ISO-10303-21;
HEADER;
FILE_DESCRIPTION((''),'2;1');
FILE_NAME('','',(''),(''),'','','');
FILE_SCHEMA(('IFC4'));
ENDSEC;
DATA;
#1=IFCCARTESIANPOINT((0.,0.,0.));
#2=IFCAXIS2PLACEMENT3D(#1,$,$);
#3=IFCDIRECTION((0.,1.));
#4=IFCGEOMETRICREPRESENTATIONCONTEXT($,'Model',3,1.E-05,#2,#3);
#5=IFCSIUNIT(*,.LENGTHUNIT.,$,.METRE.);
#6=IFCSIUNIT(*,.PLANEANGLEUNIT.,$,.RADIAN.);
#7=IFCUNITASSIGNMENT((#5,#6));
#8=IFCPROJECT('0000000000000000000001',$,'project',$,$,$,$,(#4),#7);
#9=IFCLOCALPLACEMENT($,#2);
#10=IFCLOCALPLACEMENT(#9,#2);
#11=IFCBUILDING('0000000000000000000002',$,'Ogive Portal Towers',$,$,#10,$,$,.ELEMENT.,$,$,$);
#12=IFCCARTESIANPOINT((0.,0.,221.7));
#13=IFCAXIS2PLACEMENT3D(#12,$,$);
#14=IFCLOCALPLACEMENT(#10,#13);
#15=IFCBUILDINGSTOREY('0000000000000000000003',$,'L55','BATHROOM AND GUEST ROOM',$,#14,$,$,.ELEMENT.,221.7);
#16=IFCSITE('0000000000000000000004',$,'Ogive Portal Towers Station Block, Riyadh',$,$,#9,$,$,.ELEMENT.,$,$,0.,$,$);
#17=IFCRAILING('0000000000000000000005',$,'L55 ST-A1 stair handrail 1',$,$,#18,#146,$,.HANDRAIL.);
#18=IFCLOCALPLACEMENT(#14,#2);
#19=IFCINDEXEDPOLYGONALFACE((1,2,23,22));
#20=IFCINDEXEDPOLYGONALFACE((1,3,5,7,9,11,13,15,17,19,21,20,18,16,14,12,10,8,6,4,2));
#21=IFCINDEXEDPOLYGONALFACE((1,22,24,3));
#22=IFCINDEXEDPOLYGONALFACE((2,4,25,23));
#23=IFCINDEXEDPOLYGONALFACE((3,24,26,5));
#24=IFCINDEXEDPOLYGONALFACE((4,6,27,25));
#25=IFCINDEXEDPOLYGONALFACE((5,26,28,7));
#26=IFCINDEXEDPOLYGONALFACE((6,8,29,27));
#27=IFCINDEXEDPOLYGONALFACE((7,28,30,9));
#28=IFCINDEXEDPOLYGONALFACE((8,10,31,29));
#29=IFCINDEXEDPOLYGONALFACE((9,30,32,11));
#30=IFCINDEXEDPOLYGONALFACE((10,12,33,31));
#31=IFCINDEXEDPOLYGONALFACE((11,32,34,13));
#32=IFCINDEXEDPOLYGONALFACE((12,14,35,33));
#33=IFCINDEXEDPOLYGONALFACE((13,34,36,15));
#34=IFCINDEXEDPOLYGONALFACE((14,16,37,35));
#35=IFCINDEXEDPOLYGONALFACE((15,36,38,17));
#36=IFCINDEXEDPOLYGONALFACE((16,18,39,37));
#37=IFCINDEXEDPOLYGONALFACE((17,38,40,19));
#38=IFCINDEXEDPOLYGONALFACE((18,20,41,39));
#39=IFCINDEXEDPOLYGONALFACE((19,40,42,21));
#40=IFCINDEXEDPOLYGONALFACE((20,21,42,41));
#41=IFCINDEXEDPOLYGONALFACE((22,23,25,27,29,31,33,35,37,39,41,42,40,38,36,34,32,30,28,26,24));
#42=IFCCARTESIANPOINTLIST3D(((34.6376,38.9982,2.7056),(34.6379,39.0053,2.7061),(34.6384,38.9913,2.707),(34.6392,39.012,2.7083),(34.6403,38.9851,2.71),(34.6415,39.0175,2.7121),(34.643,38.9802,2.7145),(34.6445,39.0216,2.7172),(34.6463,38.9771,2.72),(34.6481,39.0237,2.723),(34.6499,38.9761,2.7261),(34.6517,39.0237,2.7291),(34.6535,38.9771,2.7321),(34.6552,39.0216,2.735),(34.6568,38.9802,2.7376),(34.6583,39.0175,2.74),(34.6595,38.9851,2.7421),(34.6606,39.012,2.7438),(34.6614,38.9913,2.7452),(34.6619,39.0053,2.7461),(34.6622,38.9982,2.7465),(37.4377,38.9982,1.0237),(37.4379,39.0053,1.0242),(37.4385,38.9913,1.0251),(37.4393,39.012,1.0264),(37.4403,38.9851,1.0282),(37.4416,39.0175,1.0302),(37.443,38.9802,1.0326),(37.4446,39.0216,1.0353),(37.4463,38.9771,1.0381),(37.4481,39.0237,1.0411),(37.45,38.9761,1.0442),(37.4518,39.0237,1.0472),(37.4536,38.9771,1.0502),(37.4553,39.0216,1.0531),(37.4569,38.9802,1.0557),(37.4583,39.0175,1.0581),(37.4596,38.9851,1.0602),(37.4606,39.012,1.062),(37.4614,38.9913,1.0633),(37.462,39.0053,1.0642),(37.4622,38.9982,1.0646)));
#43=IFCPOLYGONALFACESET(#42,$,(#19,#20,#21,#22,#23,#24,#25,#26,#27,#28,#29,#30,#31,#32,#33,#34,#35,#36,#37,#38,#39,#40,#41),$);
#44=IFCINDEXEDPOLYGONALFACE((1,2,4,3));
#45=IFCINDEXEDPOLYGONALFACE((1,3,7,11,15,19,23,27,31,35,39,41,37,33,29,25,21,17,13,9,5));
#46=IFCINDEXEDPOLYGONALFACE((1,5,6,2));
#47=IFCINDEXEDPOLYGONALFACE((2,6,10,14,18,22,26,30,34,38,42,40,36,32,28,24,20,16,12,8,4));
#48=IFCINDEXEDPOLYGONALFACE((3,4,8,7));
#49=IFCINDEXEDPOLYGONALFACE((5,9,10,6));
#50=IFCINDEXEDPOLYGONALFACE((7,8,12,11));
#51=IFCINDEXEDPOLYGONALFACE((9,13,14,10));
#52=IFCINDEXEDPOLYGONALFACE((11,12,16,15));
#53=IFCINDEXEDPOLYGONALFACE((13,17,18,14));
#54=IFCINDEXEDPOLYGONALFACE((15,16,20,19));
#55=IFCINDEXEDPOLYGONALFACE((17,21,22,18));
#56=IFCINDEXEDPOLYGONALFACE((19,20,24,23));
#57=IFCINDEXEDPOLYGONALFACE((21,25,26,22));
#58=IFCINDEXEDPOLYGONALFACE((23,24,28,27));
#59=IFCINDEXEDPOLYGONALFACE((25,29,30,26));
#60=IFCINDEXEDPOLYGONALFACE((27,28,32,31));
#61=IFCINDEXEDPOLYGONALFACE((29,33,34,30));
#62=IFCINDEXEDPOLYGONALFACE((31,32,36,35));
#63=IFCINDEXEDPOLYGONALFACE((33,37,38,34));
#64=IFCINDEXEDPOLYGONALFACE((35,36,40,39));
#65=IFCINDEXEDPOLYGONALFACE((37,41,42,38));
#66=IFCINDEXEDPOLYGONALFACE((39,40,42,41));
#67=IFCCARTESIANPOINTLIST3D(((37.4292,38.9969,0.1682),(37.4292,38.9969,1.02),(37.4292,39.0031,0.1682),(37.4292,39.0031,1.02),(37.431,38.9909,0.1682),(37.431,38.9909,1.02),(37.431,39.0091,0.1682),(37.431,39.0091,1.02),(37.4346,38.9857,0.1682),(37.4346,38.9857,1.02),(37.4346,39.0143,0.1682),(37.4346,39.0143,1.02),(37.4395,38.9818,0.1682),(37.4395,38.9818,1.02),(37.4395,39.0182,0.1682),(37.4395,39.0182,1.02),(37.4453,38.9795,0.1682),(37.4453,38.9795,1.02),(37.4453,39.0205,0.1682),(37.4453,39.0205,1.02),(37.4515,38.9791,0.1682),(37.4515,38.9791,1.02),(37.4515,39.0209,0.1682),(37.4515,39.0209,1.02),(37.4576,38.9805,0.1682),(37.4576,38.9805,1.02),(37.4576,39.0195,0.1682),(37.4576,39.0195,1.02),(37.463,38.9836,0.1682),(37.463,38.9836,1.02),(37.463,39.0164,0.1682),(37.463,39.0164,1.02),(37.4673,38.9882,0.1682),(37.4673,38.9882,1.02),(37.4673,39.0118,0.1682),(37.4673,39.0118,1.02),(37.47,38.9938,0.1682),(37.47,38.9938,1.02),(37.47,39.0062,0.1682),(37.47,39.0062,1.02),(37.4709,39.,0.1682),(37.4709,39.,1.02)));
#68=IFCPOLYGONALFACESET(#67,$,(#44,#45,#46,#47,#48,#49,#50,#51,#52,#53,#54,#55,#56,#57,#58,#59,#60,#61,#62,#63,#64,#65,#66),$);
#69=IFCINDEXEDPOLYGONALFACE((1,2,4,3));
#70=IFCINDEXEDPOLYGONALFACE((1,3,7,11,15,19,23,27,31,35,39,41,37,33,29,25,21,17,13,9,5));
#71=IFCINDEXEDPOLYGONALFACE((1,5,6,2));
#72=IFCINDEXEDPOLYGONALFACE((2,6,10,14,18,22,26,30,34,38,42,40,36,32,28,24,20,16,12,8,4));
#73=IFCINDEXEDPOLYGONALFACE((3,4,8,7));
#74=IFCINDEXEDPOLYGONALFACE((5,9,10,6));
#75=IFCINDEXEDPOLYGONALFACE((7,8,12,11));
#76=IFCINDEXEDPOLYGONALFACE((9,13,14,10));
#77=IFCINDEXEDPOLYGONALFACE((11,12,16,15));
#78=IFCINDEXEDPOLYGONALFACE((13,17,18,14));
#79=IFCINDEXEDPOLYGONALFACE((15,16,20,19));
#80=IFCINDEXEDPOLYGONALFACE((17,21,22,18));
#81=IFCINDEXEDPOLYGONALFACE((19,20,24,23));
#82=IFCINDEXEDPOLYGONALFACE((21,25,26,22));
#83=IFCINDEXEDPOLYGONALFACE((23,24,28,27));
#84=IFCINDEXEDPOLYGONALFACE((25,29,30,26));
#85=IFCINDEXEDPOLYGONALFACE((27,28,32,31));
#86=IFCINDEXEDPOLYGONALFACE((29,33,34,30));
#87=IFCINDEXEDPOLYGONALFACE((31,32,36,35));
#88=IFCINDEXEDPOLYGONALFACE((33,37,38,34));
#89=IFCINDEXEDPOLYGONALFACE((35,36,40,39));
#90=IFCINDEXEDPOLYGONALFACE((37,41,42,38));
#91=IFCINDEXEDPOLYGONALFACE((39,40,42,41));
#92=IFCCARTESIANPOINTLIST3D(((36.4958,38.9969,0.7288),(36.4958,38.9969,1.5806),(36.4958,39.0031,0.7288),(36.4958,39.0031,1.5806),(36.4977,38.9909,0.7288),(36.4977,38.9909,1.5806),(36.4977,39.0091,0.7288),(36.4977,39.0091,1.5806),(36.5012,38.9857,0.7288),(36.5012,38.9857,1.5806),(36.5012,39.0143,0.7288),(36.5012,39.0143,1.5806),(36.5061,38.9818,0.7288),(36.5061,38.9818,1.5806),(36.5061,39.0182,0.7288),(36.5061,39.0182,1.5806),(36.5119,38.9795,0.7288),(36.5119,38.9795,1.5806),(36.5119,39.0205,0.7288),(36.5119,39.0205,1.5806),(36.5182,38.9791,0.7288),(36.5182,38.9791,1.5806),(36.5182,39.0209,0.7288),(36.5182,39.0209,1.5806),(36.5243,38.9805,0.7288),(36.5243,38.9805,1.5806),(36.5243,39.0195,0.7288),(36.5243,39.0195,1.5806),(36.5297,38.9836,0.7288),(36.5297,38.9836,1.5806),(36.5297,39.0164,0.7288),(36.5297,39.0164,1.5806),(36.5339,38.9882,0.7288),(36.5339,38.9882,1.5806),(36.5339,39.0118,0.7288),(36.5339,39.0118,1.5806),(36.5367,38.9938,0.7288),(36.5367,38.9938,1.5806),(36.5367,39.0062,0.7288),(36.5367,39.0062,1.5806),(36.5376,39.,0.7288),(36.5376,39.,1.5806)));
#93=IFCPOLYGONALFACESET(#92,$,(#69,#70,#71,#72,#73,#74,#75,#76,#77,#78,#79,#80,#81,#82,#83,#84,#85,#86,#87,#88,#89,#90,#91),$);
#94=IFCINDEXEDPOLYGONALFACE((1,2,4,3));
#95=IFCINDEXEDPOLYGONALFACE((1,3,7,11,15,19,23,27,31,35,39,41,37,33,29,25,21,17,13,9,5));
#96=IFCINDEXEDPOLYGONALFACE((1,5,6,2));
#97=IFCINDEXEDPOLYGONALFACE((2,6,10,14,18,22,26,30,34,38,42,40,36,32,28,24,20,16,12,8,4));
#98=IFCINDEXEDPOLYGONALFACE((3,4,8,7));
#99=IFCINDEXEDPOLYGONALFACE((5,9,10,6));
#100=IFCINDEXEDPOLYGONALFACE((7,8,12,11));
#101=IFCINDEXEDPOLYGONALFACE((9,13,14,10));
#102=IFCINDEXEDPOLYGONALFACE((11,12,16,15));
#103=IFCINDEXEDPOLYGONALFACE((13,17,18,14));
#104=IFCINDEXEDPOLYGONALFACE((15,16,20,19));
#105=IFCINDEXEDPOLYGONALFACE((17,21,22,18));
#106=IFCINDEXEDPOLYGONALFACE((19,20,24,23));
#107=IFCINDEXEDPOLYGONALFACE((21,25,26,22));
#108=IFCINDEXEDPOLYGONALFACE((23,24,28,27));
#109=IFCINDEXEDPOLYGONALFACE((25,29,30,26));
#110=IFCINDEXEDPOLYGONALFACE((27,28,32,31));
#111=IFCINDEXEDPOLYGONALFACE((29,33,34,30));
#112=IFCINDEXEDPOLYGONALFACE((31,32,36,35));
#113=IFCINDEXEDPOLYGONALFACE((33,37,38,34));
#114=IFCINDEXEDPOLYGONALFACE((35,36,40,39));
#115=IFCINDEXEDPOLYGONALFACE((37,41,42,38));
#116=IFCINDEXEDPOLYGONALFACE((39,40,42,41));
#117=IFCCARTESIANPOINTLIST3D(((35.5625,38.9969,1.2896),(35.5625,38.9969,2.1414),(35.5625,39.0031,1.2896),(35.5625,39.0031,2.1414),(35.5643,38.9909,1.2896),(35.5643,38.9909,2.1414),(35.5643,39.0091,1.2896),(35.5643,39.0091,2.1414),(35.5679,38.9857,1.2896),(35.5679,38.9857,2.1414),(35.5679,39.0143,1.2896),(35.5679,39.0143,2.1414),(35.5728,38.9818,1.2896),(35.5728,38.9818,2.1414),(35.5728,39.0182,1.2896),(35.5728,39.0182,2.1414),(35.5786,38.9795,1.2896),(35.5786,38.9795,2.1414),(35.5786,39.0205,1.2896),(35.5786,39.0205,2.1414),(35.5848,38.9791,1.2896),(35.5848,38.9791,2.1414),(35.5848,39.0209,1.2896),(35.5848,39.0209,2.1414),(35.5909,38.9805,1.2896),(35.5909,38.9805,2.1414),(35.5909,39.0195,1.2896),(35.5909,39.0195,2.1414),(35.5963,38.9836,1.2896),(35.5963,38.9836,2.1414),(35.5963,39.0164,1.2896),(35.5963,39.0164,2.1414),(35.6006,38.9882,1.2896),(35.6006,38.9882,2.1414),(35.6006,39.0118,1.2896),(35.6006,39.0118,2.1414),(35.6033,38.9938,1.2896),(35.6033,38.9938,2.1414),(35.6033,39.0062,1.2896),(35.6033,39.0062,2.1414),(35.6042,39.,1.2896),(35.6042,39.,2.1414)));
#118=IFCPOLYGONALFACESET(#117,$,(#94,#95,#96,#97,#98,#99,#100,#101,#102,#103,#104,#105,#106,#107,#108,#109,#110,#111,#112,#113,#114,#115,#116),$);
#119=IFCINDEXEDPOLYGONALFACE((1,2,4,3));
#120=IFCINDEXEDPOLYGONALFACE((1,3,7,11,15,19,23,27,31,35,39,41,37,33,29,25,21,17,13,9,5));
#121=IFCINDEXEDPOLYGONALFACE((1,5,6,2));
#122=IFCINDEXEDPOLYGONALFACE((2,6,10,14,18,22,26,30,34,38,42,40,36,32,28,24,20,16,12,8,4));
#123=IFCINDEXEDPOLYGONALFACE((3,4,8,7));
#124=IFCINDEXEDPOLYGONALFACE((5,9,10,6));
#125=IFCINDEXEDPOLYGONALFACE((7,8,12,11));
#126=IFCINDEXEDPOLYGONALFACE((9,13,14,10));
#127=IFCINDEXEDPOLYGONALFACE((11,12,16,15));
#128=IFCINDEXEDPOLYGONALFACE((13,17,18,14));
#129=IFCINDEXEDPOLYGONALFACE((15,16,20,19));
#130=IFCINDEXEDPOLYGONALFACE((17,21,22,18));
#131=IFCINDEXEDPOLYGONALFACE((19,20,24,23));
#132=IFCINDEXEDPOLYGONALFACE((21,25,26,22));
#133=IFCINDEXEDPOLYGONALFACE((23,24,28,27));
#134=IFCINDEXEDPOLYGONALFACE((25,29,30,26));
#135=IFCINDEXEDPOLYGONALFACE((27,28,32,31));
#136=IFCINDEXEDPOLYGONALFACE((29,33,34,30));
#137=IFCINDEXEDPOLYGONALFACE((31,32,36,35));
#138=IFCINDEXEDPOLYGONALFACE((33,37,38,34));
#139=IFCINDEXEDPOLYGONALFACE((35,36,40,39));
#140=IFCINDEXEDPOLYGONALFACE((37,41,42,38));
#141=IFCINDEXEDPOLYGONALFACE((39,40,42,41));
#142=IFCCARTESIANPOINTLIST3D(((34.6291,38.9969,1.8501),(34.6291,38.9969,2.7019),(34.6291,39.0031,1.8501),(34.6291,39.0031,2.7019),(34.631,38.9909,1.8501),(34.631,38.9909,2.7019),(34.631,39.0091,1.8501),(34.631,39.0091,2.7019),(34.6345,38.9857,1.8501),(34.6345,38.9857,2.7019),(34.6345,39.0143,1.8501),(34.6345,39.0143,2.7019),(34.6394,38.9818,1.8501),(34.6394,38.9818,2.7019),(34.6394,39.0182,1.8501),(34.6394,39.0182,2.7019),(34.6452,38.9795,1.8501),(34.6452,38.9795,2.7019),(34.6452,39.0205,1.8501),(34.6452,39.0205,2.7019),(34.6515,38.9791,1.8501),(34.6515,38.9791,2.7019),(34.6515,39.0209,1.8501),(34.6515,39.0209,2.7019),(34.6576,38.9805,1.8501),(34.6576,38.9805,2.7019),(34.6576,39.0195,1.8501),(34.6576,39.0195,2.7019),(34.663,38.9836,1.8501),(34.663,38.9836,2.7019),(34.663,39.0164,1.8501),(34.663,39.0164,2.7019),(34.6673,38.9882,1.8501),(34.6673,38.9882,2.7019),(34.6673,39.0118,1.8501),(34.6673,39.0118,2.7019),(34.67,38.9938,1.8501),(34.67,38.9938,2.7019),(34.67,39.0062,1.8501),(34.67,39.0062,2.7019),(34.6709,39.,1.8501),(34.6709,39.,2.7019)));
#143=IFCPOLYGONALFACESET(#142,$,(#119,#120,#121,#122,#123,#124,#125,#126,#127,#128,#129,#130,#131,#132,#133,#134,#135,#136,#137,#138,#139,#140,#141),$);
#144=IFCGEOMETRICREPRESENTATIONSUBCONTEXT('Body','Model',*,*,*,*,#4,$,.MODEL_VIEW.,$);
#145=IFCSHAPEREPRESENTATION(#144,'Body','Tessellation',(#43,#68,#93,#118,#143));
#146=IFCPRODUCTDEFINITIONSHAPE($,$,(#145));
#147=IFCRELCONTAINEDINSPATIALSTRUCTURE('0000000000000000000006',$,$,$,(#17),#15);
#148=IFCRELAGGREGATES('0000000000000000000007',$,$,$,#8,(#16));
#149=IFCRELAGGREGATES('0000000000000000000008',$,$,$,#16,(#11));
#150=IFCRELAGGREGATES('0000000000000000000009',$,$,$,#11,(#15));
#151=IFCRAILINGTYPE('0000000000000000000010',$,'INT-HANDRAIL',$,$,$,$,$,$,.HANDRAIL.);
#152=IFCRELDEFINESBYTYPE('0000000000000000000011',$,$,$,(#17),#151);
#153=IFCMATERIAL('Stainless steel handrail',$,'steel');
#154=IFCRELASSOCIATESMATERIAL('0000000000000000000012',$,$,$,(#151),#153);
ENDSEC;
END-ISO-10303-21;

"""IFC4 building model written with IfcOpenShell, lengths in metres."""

from ifc_helpers import new_model, si_unit, direction, frame, origin, origin_2d, place, context, subcontext, project, spatial, circle, extrude, material, type_object, element, save


model = new_model("IFC4")

# Units and contexts
model_context = context("Model", 3, precision=1e-05, world=origin(), true_north=direction((0.0, 1.0)))
body_context = subcontext(model_context, "Body", "Model", "MODEL_VIEW")
ifc_project = project(units=[si_unit("LENGTHUNIT", "METRE"), si_unit("PLANEANGLEUNIT", "RADIAN")], contexts=[model_context])

# Site, building, storey
site_placement = place(None, origin())
site = spatial("IfcSite", under=ifc_project, at=site_placement, Name="Ogive Portal Towers Station Block, Riyadh", CompositionType="ELEMENT", RefElevation=0.0)
building_placement = place(site_placement, origin())
building = spatial("IfcBuilding", under=site, at=building_placement, Name="Ogive Portal Towers", CompositionType="ELEMENT")
storey_placement = place(building_placement, frame((0.0, 0.0, 221.7)))
storey = spatial("IfcBuildingStorey", under=building, at=storey_placement, Name="L55", Description="BATHROOM AND GUEST ROOM", CompositionType="ELEMENT", Elevation=221.7)

# Railing
ifc_material_1 = material(Name="Stainless steel handrail", Category="steel")
railing_type_1 = type_object("IfcRailingType", Name="INT-HANDRAIL", PredefinedType="HANDRAIL", material=ifc_material_1)
railing_1_placement = place(storey_placement, frame((37.45, 39.0, 0.1682)))
element("IfcRailing", 1, at=railing_1_placement, inside=storey, type_object=railing_type_1, Name="L55 ST-A1 stair handrail 1", PredefinedType="HANDRAIL", context=body_context, shape_type="SweptSolid", body=[
    extrude(circle(Radius=0.0239, at=origin_2d()), frame((0.0, 0.0, 0.876), z_axis=(-0.857242, 0.0, 0.514913), x_axis=(0.0, -1.0, 0.0)), (0.0, 0.0, 1.0), 3.2664),
    extrude(circle(Radius=0.021, at=origin_2d()), origin(), (0.0, 0.0, 1.0), 0.8518),
    extrude(circle(Radius=0.021, at=origin_2d()), frame((-0.9333, 0.0, 0.5605)), (0.0, 0.0, 1.0), 0.8518),
    extrude(circle(Radius=0.021, at=origin_2d()), frame((-1.8667, 0.0, 1.1213)), (0.0, 0.0, 1.0), 0.8518),
    extrude(circle(Radius=0.021, at=origin_2d()), frame((-2.8, 0.0, 1.6819)), (0.0, 0.0, 1.0), 0.8518),
])

save(model, "model.ifc")
